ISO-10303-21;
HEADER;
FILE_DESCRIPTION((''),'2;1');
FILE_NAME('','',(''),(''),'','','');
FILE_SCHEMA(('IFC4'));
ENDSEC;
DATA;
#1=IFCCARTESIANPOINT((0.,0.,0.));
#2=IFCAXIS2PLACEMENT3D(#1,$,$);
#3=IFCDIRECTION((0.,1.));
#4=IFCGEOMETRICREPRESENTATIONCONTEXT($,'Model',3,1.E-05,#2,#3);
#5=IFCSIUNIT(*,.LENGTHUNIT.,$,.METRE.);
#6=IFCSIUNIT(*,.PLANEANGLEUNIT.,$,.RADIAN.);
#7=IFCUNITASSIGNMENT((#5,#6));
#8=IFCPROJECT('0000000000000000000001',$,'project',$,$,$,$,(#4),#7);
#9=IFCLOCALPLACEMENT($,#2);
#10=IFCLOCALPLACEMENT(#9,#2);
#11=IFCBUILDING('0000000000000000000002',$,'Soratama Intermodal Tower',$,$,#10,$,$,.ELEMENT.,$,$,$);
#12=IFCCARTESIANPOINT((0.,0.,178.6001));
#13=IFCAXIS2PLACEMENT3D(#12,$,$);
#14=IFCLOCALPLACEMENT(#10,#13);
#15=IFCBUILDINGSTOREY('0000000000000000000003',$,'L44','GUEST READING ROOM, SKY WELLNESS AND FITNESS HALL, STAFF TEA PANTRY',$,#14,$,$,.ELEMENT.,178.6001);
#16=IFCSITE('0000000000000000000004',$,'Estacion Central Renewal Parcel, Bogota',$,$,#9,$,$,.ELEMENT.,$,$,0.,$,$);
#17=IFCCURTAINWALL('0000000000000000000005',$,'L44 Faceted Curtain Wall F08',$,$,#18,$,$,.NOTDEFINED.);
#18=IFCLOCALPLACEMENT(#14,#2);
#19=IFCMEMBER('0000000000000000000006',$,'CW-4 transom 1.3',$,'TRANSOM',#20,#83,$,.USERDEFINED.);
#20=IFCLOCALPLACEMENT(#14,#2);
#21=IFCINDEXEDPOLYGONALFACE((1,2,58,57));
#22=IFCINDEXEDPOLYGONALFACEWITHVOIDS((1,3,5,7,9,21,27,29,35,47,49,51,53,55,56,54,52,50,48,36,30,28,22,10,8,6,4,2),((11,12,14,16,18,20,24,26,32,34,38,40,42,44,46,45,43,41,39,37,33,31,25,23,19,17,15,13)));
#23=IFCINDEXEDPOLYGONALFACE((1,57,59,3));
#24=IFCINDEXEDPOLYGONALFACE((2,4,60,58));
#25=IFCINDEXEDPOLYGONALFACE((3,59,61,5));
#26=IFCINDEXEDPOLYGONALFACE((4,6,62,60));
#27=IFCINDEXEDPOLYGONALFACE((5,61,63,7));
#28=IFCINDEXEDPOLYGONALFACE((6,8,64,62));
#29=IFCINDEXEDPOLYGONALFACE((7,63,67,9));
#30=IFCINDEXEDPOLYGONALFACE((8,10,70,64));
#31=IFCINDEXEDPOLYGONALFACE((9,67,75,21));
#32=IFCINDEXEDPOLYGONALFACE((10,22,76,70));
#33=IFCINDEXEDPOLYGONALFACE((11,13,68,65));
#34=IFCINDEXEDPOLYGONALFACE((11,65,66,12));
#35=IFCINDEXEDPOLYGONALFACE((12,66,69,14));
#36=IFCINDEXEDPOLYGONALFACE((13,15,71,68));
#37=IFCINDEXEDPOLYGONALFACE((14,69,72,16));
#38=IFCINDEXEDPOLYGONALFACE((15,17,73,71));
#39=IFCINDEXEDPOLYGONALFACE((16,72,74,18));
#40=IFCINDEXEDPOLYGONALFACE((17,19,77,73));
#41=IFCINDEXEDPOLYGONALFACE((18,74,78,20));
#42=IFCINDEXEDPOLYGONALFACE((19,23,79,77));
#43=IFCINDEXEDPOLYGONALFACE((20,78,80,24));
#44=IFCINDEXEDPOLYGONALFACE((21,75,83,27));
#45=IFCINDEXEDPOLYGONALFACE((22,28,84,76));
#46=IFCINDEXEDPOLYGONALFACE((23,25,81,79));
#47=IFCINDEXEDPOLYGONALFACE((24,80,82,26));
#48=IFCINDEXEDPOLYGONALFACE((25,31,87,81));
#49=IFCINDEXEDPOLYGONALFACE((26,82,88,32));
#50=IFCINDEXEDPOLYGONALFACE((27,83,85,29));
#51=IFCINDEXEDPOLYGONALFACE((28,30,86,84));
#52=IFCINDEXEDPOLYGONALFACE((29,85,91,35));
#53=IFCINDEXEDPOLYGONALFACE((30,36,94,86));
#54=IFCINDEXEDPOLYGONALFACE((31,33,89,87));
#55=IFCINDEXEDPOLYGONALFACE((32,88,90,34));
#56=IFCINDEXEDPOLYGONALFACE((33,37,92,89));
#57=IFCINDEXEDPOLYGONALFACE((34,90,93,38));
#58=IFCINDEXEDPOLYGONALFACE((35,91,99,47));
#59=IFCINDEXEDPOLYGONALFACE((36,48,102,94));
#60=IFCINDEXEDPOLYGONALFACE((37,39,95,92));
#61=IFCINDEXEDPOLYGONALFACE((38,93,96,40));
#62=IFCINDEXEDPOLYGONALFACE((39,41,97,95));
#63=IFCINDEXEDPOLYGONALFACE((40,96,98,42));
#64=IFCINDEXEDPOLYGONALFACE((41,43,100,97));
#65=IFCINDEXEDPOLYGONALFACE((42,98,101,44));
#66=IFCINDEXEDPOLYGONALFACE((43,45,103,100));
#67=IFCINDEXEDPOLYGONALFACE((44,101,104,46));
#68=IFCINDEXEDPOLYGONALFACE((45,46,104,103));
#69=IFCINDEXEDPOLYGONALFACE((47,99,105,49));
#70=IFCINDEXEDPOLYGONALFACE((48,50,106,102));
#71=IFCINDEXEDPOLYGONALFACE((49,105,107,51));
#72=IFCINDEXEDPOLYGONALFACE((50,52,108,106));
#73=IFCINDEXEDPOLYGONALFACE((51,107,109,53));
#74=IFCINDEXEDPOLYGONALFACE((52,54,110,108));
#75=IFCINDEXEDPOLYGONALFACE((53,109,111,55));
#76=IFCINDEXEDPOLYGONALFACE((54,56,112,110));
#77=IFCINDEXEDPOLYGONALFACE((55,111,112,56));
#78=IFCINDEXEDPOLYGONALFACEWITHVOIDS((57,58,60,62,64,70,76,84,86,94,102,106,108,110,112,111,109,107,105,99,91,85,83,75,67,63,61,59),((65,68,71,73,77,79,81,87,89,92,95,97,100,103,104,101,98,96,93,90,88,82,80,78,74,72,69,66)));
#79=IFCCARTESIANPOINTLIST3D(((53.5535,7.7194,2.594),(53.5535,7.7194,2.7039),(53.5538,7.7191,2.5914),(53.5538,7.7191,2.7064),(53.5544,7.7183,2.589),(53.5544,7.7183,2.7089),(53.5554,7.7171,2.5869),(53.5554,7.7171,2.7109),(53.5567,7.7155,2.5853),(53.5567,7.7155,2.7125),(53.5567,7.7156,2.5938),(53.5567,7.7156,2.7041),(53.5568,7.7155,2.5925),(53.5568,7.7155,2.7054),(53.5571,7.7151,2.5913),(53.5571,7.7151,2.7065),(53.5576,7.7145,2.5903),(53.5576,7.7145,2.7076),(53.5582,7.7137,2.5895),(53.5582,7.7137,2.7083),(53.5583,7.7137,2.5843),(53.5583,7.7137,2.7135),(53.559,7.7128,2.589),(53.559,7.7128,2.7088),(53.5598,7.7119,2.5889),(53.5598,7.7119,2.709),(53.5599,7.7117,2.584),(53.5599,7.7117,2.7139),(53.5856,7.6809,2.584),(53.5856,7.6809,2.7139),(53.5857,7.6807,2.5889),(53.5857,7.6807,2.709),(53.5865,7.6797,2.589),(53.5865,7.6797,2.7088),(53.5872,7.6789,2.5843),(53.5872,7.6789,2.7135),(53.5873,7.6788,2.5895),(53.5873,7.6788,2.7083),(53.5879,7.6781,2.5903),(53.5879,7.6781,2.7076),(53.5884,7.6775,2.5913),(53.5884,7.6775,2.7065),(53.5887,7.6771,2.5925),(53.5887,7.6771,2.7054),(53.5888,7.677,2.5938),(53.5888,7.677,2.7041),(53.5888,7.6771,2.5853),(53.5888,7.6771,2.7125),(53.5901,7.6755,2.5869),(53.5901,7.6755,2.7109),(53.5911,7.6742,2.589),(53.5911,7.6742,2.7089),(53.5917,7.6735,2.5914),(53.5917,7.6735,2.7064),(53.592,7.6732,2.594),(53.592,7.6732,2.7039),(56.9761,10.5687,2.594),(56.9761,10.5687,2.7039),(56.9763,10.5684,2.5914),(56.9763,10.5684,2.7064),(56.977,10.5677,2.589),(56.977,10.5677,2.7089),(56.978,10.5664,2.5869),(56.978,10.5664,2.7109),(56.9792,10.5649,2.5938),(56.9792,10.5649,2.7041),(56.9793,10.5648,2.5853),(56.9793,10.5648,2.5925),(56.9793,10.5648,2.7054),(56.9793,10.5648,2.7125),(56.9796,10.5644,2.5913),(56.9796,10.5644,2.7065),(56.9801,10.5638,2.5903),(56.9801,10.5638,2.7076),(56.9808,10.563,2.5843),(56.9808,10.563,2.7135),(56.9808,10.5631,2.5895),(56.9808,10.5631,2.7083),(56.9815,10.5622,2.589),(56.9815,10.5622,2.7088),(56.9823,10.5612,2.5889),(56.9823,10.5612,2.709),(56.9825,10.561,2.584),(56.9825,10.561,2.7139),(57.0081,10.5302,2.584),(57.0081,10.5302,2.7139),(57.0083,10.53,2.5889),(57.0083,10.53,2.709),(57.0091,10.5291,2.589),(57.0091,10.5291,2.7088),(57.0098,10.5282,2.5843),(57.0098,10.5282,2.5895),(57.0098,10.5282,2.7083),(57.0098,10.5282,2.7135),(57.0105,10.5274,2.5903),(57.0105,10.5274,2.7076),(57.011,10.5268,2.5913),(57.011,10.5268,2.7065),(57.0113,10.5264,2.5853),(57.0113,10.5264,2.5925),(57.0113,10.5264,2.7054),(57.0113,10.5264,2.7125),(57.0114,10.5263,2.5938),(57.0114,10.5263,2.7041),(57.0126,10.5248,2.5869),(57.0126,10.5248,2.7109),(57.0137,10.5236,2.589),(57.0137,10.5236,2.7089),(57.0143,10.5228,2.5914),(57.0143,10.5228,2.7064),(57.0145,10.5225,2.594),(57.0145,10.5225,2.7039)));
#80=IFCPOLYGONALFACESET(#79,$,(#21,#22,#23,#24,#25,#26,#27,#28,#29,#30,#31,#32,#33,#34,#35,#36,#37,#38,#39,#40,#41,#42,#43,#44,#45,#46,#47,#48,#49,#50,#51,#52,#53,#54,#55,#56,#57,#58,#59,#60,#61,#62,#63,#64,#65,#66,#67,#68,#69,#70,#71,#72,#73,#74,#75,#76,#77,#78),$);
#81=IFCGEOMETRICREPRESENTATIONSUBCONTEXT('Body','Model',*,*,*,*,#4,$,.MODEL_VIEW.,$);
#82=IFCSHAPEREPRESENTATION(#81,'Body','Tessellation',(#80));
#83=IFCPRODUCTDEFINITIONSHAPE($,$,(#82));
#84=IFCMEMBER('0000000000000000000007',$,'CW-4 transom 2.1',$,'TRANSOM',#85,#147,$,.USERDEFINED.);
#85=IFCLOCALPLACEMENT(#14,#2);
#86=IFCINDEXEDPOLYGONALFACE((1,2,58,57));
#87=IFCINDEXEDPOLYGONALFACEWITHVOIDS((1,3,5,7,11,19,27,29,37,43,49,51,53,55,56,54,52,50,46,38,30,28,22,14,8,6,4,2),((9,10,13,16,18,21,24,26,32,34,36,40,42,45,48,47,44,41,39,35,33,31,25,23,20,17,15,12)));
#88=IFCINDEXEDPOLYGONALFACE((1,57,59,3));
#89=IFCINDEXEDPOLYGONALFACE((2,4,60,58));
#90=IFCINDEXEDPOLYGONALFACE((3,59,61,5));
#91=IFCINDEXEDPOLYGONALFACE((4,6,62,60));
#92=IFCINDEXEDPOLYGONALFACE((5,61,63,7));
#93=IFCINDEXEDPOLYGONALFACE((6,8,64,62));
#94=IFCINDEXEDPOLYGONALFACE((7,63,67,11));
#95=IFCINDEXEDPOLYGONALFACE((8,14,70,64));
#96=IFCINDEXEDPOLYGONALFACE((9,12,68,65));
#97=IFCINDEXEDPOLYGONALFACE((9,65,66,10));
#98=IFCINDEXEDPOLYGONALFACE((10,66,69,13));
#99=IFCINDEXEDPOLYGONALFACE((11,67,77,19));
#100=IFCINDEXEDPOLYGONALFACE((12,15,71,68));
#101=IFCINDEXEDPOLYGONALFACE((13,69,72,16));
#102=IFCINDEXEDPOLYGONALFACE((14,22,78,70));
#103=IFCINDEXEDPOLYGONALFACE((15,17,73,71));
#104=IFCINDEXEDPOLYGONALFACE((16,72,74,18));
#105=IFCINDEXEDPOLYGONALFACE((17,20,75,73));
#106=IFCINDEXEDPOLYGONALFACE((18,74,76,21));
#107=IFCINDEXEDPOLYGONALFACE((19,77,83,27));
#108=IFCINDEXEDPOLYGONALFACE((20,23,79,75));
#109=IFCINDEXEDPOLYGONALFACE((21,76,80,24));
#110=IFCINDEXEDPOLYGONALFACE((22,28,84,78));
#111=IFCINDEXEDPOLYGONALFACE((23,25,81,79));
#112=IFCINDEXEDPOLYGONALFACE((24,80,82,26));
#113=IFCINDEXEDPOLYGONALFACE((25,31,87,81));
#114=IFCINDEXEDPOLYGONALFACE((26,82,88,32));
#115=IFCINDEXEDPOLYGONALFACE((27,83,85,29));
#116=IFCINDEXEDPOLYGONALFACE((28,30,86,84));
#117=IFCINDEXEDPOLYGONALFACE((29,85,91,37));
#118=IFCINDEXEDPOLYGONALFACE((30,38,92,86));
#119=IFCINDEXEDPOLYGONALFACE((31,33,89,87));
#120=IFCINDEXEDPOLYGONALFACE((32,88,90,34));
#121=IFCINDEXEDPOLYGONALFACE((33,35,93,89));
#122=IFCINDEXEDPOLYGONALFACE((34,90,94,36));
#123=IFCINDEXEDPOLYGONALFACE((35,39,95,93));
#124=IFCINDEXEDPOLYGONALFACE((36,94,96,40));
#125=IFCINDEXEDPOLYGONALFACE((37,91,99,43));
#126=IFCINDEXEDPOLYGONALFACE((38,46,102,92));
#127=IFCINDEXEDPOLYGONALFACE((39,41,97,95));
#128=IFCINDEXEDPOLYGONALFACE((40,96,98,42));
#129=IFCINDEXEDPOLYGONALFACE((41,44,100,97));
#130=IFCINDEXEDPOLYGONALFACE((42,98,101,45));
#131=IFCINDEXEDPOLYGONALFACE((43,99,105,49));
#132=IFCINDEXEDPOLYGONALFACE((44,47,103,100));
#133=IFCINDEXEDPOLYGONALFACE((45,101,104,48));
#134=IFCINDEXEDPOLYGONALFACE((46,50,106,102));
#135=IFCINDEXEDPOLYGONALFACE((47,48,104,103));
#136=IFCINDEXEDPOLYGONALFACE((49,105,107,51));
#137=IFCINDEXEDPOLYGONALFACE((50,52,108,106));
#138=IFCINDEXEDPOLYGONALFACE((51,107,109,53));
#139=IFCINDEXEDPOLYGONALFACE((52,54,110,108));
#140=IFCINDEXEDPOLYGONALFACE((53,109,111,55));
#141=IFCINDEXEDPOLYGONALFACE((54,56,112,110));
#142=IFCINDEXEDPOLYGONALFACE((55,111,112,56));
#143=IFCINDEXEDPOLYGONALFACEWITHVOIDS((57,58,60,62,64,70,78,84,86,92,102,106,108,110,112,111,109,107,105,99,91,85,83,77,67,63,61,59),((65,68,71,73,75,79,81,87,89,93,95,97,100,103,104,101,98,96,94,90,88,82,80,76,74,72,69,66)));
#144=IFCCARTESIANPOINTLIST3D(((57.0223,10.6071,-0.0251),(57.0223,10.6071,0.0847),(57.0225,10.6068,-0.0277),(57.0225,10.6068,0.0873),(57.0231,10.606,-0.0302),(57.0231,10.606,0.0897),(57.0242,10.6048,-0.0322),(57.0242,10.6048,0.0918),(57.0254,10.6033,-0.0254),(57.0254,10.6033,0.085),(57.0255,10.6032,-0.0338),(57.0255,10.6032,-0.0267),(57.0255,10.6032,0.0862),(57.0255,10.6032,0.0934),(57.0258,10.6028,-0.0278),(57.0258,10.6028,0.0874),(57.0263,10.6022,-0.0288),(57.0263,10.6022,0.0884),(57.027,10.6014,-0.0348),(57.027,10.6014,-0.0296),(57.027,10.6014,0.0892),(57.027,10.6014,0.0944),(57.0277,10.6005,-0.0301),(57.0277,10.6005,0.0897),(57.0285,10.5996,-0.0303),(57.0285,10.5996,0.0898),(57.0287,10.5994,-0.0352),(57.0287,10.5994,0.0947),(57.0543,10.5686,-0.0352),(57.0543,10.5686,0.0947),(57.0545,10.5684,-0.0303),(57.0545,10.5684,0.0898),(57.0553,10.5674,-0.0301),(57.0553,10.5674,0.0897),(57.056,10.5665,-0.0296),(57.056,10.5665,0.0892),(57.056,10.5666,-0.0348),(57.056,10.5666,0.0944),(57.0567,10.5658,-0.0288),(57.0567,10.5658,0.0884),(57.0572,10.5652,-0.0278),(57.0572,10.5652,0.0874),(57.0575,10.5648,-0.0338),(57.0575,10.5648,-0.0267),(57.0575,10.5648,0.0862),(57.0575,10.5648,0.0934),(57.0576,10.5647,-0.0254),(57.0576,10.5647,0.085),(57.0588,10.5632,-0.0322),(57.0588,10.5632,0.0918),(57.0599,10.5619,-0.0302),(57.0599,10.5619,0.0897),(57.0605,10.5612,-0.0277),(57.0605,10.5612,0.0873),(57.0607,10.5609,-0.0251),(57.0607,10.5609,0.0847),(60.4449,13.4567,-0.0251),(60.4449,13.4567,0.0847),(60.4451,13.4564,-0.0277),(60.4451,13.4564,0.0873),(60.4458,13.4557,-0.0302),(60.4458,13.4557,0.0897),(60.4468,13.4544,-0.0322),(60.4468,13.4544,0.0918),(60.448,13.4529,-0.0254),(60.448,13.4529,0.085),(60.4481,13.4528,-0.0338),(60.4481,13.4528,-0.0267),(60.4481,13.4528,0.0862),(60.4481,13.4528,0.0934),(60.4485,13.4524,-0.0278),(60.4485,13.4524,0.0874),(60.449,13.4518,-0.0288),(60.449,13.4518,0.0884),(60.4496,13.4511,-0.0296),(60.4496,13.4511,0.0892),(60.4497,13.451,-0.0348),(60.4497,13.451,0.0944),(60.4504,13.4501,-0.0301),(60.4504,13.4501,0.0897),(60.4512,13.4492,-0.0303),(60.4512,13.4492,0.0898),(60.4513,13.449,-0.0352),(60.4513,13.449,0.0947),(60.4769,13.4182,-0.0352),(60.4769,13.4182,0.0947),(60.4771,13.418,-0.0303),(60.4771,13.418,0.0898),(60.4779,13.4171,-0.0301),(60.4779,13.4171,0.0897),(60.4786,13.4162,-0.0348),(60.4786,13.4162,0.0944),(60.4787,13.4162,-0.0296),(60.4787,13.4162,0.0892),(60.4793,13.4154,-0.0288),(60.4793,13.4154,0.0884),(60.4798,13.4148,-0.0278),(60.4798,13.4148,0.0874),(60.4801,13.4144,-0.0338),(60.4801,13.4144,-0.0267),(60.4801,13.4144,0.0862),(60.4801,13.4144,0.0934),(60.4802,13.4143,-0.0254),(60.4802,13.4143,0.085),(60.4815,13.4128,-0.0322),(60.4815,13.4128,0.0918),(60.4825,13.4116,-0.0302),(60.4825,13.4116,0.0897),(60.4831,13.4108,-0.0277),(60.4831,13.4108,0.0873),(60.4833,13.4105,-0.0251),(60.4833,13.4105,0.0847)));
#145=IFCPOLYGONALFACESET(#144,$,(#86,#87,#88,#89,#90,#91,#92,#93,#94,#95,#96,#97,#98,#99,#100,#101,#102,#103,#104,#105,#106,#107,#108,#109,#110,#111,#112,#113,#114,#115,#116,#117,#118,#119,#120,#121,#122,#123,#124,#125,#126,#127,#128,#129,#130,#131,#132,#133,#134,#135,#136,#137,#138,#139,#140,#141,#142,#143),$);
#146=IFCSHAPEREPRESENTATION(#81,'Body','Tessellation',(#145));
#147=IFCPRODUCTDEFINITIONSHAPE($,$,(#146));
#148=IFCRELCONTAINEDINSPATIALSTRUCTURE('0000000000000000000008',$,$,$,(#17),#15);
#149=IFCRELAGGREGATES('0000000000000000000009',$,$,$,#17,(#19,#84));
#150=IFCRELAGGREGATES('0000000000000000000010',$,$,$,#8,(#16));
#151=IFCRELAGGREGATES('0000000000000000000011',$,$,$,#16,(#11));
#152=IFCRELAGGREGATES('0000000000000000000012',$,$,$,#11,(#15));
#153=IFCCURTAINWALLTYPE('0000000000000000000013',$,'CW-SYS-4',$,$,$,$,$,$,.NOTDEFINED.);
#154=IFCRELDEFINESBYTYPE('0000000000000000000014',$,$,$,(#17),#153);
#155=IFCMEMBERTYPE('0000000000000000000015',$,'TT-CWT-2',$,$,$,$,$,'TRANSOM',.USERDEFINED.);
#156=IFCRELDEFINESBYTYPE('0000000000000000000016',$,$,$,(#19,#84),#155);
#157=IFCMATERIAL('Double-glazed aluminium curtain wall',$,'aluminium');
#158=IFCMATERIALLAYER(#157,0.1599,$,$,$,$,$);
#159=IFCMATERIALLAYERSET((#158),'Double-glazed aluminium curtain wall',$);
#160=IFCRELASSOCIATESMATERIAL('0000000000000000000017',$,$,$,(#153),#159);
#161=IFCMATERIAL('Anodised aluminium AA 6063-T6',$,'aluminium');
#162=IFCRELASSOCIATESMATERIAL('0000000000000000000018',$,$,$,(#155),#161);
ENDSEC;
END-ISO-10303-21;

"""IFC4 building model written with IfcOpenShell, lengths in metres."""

from ifc_helpers import new_model, si_unit, direction, frame, origin, origin_2d, place, context, subcontext, project, spatial, hollow_rectangle, extrude, material, layer, layer_set, material_profile, profile_set, type_object, element, aggregate, save


model = new_model("IFC4")

# Units and contexts
model_context = context("Model", 3, precision=1e-05, world=origin(), true_north=direction((0.0, 1.0)))
body_context = subcontext(model_context, "Body", "Model", "MODEL_VIEW")
ifc_project = project(units=[si_unit("LENGTHUNIT", "METRE"), si_unit("PLANEANGLEUNIT", "RADIAN")], contexts=[model_context])

# Site, building, storey
site_placement = place(None, origin())
site = spatial("IfcSite", under=ifc_project, at=site_placement, Name="Estacion Central Renewal Parcel, Bogota", CompositionType="ELEMENT", RefElevation=0.0)
building_placement = place(site_placement, origin())
building = spatial("IfcBuilding", under=site, at=building_placement, Name="Soratama Intermodal Tower", CompositionType="ELEMENT")
storey_placement = place(building_placement, frame((0.0, 0.0, 178.6001)))
storey = spatial("IfcBuildingStorey", under=building, at=storey_placement, Name="L44", Description="GUEST READING ROOM, SKY WELLNESS AND FITNESS HALL, STAFF TEA PANTRY", CompositionType="ELEMENT", Elevation=178.6001)

# Curtain wall, members
ifc_material_1 = material(Name="Double-glazed aluminium curtain wall", Category="aluminium")
ifc_layer_1 = layer(ifc_material_1, 0.1599)
ifc_layer_set_1 = layer_set([ifc_layer_1], Name="Double-glazed aluminium curtain wall")
curtain_wall_type = type_object("IfcCurtainWallType", Name="CW-SYS-4", PredefinedType="NOTDEFINED", material=ifc_layer_set_1)
curtain_wall_placement = place(storey_placement, origin())
curtain_wall = element("IfcCurtainWall", 1, at=curtain_wall_placement, inside=storey, type_object=curtain_wall_type, Name="L44 Faceted Curtain Wall F08", PredefinedType="NOTDEFINED")
ifc_material_2 = material(Name="Anodised aluminium AA 6063-T6", Category="aluminium")
ifc_material_profile_1 = material_profile(ifc_material_2, hollow_rectangle(XDim=0.0601, YDim=0.1299, WallThickness=0.0049, InnerFilletRadius=0.0049, OuterFilletRadius=0.01, at=origin_2d()), Name="CWT130X60X5")
ifc_profile_set_1 = profile_set([ifc_material_profile_1], Name="Anodised aluminium AA 6063-T6")
member_type_1 = type_object("IfcMemberType", Name="TT-CWT-2", ElementType="TRANSOM", PredefinedType="USERDEFINED", material=ifc_profile_set_1)
member_1_placement = place(storey_placement, frame((53.5728, 7.6963, 2.6489), z_axis=(0.768531, 0.639812, 0.0), x_axis=(-0.639812, 0.768531, 0.0)))
member_1 = element("IfcMember", 2, at=member_1_placement, type_object=member_type_1, Name="CW-4 transom 1.3", ObjectType="TRANSOM", PredefinedType="USERDEFINED", context=body_context, shape_type="SweptSolid", body=[
    extrude(hollow_rectangle(XDim=0.0601, YDim=0.1299, WallThickness=0.0049, InnerFilletRadius=0.0049, OuterFilletRadius=0.01, at=origin_2d()), origin(), (0.0, 0.0, 1.0), 4.4534),
])
member_2_placement = place(storey_placement, frame((57.0415, 10.584, 0.0298), z_axis=(0.768504, 0.639845, 0.0), x_axis=(-0.639845, 0.768504, 0.0)))
member_2 = element("IfcMember", 3, at=member_2_placement, type_object=member_type_1, Name="CW-4 transom 2.1", ObjectType="TRANSOM", PredefinedType="USERDEFINED", context=body_context, shape_type="SweptSolid", body=[
    extrude(hollow_rectangle(XDim=0.0601, YDim=0.1299, WallThickness=0.0049, InnerFilletRadius=0.0049, OuterFilletRadius=0.01, at=origin_2d()), origin(), (0.0, 0.0, 1.0), 4.4536),
])
aggregate(curtain_wall, [member_1, member_2])

save(model, "model.ifc")
